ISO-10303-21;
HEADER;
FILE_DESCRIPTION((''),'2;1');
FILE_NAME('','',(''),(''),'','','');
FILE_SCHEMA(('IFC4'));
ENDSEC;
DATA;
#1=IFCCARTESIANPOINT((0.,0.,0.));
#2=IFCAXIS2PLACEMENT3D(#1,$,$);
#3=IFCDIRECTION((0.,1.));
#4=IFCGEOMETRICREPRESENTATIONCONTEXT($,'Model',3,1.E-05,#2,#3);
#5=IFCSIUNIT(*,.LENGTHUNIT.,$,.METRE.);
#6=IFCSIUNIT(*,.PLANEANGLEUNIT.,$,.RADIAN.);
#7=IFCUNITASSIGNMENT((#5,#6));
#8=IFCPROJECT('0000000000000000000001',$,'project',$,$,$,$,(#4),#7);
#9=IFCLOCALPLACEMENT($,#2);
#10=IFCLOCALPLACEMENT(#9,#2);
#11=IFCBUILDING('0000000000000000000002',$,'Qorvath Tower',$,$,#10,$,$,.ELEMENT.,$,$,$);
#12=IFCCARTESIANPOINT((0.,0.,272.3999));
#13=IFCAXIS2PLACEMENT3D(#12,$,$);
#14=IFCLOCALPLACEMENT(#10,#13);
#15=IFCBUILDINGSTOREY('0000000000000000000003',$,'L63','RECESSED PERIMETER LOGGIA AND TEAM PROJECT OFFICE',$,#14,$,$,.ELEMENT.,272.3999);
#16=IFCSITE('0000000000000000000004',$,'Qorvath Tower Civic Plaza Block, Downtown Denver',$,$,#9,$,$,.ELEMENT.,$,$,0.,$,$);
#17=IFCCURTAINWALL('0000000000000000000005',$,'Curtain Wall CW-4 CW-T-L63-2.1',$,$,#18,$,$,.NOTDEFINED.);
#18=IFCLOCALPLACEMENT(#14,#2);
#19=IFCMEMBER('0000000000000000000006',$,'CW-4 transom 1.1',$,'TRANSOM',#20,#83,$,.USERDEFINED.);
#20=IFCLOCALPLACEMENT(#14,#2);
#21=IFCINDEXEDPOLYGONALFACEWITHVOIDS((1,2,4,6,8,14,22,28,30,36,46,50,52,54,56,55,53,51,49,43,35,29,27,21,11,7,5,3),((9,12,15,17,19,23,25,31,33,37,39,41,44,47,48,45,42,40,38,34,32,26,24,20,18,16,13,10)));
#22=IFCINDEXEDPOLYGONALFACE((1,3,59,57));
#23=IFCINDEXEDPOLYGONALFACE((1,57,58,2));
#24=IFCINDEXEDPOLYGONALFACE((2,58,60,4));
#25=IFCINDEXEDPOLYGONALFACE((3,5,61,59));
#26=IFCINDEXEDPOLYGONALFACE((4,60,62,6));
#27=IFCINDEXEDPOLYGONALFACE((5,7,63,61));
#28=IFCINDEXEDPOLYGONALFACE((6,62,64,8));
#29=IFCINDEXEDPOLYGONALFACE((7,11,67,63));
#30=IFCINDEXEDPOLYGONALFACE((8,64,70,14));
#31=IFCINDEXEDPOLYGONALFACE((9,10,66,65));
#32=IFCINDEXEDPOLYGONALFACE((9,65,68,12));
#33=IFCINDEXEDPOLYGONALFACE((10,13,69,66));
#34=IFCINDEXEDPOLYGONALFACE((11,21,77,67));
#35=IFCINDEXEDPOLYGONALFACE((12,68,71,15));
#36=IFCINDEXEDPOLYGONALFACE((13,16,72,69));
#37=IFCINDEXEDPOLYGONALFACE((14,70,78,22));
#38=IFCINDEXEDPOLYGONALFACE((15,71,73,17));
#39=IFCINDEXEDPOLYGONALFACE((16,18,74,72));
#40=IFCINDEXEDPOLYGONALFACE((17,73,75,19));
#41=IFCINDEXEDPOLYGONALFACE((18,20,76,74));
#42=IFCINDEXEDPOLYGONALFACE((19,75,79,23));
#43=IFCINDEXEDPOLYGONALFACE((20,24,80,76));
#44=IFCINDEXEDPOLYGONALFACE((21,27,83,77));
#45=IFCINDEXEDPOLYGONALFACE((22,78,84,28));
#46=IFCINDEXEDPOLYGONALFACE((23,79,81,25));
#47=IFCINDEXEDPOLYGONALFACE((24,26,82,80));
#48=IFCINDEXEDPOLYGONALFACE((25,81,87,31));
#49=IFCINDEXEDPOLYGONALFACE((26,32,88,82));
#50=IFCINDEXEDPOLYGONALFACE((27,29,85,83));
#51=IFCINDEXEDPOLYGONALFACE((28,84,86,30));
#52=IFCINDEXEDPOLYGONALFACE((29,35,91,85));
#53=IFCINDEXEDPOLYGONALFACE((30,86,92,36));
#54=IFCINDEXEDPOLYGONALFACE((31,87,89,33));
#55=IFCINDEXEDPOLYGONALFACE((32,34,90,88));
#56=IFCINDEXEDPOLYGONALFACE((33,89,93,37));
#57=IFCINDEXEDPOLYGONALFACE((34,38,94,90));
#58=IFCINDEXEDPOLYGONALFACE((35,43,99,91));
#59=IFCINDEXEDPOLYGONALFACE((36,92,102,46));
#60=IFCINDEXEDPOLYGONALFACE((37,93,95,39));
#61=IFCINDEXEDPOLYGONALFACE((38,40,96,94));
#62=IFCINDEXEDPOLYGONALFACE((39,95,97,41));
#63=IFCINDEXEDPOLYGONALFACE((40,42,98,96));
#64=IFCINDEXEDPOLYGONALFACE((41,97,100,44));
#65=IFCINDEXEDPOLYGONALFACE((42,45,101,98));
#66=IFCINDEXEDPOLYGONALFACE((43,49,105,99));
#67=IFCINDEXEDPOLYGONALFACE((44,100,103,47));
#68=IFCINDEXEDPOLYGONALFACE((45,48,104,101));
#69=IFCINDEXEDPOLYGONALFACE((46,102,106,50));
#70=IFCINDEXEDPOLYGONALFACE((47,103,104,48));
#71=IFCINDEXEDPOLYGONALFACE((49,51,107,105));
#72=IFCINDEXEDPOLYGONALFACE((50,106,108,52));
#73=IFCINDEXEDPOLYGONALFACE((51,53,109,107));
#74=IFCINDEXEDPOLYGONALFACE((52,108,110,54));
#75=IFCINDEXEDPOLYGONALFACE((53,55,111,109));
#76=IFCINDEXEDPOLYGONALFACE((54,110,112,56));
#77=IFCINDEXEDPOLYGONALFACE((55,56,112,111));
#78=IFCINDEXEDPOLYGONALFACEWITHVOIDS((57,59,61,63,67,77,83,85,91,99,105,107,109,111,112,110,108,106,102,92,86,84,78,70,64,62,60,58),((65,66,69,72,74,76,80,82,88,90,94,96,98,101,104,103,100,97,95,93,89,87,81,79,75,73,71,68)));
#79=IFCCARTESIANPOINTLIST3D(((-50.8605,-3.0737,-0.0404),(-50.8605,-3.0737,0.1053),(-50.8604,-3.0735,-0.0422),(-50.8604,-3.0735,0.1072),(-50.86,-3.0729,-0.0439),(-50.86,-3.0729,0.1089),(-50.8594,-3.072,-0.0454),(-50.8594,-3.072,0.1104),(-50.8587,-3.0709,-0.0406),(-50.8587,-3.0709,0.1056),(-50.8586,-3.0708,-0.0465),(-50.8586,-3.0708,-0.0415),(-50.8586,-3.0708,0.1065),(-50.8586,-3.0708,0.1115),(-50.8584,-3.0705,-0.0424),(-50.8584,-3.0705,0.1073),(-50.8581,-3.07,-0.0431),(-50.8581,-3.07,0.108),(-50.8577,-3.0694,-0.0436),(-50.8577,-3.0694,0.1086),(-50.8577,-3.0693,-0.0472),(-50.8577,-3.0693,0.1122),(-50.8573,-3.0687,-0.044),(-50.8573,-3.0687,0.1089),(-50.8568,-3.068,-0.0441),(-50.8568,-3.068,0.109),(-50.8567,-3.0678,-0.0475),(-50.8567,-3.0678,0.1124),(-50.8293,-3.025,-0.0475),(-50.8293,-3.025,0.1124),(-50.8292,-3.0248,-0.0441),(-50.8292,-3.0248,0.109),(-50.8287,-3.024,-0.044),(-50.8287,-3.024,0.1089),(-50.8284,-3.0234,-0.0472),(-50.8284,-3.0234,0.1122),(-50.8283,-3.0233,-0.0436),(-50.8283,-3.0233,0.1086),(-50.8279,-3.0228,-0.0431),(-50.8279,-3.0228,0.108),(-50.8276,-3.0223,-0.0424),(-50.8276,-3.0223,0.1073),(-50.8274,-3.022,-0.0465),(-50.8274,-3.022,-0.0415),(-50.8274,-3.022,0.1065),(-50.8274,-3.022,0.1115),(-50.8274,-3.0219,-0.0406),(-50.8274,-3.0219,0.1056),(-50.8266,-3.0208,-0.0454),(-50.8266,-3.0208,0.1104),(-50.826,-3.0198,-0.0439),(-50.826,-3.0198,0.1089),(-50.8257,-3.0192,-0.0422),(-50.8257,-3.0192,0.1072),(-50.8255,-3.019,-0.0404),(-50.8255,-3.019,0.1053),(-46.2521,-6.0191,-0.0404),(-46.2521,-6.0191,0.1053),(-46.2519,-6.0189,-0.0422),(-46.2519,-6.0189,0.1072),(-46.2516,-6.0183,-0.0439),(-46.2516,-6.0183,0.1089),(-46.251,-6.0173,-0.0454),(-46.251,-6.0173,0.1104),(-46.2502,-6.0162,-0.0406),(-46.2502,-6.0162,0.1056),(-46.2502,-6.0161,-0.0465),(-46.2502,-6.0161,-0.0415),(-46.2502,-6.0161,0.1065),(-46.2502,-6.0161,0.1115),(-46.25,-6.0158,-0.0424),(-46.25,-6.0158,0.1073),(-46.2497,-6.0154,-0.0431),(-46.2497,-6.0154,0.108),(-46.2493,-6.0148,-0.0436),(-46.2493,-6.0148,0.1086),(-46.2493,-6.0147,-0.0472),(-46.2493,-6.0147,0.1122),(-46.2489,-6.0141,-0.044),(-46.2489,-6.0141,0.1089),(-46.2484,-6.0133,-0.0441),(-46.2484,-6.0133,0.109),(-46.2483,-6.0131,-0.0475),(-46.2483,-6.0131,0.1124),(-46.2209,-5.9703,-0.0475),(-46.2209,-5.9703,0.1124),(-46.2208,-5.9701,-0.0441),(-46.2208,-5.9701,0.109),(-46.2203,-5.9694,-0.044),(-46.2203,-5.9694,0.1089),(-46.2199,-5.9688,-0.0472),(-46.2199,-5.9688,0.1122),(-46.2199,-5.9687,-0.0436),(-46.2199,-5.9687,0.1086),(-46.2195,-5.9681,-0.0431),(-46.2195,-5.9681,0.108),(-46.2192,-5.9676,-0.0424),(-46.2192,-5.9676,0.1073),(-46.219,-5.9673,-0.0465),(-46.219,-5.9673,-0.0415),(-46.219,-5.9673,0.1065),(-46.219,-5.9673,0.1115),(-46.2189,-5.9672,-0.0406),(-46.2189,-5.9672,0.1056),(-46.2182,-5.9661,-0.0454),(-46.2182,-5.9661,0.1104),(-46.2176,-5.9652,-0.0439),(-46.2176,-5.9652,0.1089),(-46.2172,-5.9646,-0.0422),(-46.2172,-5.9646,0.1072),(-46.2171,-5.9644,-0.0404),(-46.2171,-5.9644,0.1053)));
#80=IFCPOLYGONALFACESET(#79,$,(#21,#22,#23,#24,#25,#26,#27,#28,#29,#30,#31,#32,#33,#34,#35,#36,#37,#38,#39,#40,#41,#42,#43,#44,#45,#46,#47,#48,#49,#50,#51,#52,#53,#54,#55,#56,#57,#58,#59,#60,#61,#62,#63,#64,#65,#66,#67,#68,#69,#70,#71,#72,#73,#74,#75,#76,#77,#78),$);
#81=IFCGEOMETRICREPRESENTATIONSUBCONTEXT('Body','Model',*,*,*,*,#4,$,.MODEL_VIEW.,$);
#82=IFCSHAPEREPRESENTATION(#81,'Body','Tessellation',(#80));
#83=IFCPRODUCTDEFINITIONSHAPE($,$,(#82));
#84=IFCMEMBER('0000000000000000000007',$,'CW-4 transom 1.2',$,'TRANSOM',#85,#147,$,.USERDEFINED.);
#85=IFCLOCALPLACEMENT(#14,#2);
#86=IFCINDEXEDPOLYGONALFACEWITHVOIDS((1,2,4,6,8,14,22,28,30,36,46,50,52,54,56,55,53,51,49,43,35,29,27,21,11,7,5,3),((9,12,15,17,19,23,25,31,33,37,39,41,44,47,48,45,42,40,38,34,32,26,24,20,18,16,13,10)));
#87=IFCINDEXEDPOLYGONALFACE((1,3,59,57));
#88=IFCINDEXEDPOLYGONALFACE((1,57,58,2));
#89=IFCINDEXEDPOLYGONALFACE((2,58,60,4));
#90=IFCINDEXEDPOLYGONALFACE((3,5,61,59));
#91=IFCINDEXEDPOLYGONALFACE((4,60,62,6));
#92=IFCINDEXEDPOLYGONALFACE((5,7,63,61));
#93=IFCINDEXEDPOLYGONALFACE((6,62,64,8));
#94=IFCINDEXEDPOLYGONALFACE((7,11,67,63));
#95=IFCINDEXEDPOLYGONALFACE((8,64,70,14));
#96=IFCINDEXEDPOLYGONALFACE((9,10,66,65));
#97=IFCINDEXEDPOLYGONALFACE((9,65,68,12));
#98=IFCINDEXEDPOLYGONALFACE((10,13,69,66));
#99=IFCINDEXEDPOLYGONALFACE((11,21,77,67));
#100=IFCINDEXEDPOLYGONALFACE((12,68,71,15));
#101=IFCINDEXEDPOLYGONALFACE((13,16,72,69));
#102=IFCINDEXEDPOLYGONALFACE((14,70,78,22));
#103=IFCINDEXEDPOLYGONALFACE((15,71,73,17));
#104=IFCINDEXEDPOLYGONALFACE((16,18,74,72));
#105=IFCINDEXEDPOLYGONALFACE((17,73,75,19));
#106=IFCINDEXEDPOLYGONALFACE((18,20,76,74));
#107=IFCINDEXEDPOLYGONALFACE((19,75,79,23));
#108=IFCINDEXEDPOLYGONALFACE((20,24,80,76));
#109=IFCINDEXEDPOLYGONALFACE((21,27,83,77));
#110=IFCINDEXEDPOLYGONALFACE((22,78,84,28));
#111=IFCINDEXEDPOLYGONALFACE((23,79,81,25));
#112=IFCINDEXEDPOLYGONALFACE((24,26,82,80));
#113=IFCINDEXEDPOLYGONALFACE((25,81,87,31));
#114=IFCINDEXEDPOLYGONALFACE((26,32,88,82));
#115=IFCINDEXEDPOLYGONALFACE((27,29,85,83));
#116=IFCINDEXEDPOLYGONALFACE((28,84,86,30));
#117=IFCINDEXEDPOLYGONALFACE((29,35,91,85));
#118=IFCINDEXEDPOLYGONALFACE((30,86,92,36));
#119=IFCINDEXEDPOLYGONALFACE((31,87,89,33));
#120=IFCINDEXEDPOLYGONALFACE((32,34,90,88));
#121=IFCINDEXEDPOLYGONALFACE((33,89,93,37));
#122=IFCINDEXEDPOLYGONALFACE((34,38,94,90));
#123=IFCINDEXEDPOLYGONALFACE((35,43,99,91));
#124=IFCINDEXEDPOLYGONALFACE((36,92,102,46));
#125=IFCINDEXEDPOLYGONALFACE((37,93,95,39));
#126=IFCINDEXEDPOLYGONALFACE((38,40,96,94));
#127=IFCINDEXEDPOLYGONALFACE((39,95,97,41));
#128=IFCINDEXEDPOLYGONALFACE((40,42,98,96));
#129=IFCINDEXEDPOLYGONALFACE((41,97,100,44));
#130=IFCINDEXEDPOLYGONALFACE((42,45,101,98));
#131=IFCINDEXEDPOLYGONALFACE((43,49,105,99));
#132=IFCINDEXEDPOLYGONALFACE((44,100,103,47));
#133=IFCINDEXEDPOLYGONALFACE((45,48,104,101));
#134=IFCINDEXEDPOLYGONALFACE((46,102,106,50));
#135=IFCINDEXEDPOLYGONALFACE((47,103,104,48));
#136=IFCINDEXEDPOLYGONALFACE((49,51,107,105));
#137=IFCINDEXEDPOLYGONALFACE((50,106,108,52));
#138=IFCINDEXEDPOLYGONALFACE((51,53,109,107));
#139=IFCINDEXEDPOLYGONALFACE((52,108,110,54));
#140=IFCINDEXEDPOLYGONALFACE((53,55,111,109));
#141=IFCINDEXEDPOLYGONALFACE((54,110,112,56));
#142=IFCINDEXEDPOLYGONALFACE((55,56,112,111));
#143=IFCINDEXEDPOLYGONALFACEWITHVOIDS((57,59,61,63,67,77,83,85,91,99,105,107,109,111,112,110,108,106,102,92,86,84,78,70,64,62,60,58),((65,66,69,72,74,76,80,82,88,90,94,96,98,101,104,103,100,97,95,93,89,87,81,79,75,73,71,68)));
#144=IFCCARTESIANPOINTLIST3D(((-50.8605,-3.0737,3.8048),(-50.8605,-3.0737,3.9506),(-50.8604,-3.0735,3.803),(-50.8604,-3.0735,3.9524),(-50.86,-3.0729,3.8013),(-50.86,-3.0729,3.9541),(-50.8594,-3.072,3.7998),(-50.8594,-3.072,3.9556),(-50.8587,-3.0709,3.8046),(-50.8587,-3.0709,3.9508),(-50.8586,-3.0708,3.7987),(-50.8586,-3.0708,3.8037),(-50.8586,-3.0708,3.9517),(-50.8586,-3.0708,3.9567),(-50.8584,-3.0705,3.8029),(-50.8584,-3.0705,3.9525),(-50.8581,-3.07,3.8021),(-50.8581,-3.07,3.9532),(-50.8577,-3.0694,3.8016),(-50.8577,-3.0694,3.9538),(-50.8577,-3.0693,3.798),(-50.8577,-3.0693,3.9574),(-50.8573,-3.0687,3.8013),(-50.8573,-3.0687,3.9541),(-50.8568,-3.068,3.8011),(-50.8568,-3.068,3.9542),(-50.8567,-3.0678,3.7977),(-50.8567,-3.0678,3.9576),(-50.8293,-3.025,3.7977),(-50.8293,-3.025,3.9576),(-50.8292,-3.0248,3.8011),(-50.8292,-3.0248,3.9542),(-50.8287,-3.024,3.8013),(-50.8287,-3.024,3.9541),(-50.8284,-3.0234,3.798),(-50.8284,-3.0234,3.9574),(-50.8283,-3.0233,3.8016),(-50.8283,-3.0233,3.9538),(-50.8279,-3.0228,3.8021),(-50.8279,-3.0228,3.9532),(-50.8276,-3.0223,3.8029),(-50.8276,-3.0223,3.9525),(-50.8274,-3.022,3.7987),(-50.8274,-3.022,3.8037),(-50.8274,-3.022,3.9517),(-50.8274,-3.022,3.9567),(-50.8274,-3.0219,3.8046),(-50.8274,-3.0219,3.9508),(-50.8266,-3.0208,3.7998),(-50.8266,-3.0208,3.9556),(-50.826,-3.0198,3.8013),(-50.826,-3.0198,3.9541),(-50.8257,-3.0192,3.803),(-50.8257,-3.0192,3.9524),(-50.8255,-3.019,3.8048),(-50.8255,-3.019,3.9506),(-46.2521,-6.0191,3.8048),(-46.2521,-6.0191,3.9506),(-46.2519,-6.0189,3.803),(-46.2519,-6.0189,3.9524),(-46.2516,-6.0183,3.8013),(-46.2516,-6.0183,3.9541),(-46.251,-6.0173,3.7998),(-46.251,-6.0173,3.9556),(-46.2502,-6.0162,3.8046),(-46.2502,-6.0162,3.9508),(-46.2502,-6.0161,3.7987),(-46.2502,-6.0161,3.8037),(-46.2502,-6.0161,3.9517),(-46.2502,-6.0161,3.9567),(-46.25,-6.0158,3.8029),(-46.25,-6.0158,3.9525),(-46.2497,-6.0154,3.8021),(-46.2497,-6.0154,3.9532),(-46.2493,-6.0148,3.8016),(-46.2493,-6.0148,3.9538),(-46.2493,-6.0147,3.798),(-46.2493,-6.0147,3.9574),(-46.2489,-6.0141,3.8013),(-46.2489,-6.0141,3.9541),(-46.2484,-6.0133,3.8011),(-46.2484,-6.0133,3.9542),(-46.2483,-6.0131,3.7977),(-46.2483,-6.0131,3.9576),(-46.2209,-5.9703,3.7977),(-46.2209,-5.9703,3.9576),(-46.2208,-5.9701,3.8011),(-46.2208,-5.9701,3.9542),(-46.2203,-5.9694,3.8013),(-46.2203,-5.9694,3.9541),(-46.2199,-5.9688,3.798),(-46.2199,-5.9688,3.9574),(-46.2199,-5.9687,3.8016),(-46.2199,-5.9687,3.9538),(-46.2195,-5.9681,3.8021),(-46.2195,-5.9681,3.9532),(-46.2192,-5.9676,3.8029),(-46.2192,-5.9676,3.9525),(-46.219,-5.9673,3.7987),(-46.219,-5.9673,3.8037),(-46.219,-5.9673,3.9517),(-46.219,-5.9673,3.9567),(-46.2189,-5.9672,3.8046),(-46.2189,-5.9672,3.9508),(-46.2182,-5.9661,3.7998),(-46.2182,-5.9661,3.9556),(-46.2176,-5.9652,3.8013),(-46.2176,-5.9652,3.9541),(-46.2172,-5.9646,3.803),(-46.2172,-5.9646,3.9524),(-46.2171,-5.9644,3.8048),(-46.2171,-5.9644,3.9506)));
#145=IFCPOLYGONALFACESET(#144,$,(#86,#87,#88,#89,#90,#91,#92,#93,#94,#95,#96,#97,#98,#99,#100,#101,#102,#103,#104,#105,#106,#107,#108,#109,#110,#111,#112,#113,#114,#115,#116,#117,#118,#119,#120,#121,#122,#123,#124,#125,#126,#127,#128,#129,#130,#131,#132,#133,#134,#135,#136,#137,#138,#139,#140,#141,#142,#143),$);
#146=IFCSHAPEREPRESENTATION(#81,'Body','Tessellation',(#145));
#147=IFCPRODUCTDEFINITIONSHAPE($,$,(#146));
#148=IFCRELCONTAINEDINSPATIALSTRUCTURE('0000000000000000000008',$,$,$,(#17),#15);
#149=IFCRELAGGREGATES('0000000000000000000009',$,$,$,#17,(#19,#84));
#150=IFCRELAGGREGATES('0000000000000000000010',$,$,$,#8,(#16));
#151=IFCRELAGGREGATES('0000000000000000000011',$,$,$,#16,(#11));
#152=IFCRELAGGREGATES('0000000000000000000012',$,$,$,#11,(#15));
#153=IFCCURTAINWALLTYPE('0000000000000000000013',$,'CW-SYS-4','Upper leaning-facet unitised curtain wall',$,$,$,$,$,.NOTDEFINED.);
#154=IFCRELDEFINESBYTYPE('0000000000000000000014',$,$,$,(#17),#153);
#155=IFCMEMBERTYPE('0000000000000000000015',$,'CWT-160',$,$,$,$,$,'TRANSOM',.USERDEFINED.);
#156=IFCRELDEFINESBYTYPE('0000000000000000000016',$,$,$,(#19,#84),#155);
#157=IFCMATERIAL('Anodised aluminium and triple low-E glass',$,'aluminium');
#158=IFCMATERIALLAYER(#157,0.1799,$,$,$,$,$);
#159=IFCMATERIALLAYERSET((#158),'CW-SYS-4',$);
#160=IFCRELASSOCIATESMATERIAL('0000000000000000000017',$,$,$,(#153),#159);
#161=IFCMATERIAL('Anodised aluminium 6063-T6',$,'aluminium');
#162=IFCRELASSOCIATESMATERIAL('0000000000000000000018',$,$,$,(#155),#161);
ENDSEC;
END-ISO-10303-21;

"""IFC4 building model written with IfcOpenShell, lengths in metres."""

from ifc_helpers import new_model, si_unit, direction, frame, origin, origin_2d, place, context, subcontext, project, spatial, hollow_rectangle, extrude, material, layer, layer_set, material_profile, profile_set, type_object, element, aggregate, save


model = new_model("IFC4")

# Units and contexts
model_context = context("Model", 3, precision=1e-05, world=origin(), true_north=direction((0.0, 1.0)))
body_context = subcontext(model_context, "Body", "Model", "MODEL_VIEW")
ifc_project = project(units=[si_unit("LENGTHUNIT", "METRE"), si_unit("PLANEANGLEUNIT", "RADIAN")], contexts=[model_context])

# Site, building, storey
site_placement = place(None, origin())
site = spatial("IfcSite", under=ifc_project, at=site_placement, Name="Qorvath Tower Civic Plaza Block, Downtown Denver", CompositionType="ELEMENT", RefElevation=0.0)
building_placement = place(site_placement, origin())
building = spatial("IfcBuilding", under=site, at=building_placement, Name="Qorvath Tower", CompositionType="ELEMENT")
storey_placement = place(building_placement, frame((0.0, 0.0, 272.3999)))
storey = spatial("IfcBuildingStorey", under=building, at=storey_placement, Name="L63", Description="RECESSED PERIMETER LOGGIA AND TEAM PROJECT OFFICE", CompositionType="ELEMENT", Elevation=272.3999)

# Curtain wall, members
ifc_material_1 = material(Name="Anodised aluminium and triple low-E glass", Category="aluminium")
ifc_layer_1 = layer(ifc_material_1, 0.1799)
ifc_layer_set_1 = layer_set([ifc_layer_1], Name="CW-SYS-4")
curtain_wall_type = type_object("IfcCurtainWallType", Name="CW-SYS-4", Description="Upper leaning-facet unitised curtain wall", PredefinedType="NOTDEFINED", material=ifc_layer_set_1)
curtain_wall_placement = place(storey_placement, origin())
curtain_wall = element("IfcCurtainWall", 1, at=curtain_wall_placement, inside=storey, type_object=curtain_wall_type, Name="Curtain Wall CW-4 CW-T-L63-2.1", PredefinedType="NOTDEFINED")
ifc_material_2 = material(Name="Anodised aluminium 6063-T6", Category="aluminium")
ifc_material_profile_1 = material_profile(ifc_material_2, hollow_rectangle(XDim=0.0649, YDim=0.1599, WallThickness=0.0034, InnerFilletRadius=0.0034, OuterFilletRadius=0.0071, at=origin_2d()), Name="CWT 160x65")
ifc_profile_set_1 = profile_set([ifc_material_profile_1], Name="Anodised aluminium 6063-T6")
member_type_1 = type_object("IfcMemberType", Name="CWT-160", ElementType="TRANSOM", PredefinedType="USERDEFINED", material=ifc_profile_set_1)
member_1_placement = place(storey_placement, frame((-50.843, -3.0464, 0.0325), z_axis=(0.842608, -0.538527, 0.0), x_axis=(0.538527, 0.842608, 0.0)))
member_1 = element("IfcMember", 2, at=member_1_placement, type_object=member_type_1, Name="CW-4 transom 1.1", ObjectType="TRANSOM", PredefinedType="USERDEFINED", context=body_context, shape_type="SweptSolid", body=[
    extrude(hollow_rectangle(XDim=0.0649, YDim=0.1599, WallThickness=0.0034, InnerFilletRadius=0.0034, OuterFilletRadius=0.0071, at=origin_2d()), origin(), (0.0, 0.0, 1.0), 5.4692),
])
member_2_placement = place(storey_placement, frame((-50.843, -3.0464, 3.8777), z_axis=(0.842608, -0.538527, 0.0), x_axis=(0.538527, 0.842608, 0.0)))
member_2 = element("IfcMember", 3, at=member_2_placement, type_object=member_type_1, Name="CW-4 transom 1.2", ObjectType="TRANSOM", PredefinedType="USERDEFINED", context=body_context, shape_type="SweptSolid", body=[
    extrude(hollow_rectangle(XDim=0.0649, YDim=0.1599, WallThickness=0.0034, InnerFilletRadius=0.0034, OuterFilletRadius=0.0071, at=origin_2d()), origin(), (0.0, 0.0, 1.0), 5.4692),
])
aggregate(curtain_wall, [member_1, member_2])

save(model, "model.ifc")
